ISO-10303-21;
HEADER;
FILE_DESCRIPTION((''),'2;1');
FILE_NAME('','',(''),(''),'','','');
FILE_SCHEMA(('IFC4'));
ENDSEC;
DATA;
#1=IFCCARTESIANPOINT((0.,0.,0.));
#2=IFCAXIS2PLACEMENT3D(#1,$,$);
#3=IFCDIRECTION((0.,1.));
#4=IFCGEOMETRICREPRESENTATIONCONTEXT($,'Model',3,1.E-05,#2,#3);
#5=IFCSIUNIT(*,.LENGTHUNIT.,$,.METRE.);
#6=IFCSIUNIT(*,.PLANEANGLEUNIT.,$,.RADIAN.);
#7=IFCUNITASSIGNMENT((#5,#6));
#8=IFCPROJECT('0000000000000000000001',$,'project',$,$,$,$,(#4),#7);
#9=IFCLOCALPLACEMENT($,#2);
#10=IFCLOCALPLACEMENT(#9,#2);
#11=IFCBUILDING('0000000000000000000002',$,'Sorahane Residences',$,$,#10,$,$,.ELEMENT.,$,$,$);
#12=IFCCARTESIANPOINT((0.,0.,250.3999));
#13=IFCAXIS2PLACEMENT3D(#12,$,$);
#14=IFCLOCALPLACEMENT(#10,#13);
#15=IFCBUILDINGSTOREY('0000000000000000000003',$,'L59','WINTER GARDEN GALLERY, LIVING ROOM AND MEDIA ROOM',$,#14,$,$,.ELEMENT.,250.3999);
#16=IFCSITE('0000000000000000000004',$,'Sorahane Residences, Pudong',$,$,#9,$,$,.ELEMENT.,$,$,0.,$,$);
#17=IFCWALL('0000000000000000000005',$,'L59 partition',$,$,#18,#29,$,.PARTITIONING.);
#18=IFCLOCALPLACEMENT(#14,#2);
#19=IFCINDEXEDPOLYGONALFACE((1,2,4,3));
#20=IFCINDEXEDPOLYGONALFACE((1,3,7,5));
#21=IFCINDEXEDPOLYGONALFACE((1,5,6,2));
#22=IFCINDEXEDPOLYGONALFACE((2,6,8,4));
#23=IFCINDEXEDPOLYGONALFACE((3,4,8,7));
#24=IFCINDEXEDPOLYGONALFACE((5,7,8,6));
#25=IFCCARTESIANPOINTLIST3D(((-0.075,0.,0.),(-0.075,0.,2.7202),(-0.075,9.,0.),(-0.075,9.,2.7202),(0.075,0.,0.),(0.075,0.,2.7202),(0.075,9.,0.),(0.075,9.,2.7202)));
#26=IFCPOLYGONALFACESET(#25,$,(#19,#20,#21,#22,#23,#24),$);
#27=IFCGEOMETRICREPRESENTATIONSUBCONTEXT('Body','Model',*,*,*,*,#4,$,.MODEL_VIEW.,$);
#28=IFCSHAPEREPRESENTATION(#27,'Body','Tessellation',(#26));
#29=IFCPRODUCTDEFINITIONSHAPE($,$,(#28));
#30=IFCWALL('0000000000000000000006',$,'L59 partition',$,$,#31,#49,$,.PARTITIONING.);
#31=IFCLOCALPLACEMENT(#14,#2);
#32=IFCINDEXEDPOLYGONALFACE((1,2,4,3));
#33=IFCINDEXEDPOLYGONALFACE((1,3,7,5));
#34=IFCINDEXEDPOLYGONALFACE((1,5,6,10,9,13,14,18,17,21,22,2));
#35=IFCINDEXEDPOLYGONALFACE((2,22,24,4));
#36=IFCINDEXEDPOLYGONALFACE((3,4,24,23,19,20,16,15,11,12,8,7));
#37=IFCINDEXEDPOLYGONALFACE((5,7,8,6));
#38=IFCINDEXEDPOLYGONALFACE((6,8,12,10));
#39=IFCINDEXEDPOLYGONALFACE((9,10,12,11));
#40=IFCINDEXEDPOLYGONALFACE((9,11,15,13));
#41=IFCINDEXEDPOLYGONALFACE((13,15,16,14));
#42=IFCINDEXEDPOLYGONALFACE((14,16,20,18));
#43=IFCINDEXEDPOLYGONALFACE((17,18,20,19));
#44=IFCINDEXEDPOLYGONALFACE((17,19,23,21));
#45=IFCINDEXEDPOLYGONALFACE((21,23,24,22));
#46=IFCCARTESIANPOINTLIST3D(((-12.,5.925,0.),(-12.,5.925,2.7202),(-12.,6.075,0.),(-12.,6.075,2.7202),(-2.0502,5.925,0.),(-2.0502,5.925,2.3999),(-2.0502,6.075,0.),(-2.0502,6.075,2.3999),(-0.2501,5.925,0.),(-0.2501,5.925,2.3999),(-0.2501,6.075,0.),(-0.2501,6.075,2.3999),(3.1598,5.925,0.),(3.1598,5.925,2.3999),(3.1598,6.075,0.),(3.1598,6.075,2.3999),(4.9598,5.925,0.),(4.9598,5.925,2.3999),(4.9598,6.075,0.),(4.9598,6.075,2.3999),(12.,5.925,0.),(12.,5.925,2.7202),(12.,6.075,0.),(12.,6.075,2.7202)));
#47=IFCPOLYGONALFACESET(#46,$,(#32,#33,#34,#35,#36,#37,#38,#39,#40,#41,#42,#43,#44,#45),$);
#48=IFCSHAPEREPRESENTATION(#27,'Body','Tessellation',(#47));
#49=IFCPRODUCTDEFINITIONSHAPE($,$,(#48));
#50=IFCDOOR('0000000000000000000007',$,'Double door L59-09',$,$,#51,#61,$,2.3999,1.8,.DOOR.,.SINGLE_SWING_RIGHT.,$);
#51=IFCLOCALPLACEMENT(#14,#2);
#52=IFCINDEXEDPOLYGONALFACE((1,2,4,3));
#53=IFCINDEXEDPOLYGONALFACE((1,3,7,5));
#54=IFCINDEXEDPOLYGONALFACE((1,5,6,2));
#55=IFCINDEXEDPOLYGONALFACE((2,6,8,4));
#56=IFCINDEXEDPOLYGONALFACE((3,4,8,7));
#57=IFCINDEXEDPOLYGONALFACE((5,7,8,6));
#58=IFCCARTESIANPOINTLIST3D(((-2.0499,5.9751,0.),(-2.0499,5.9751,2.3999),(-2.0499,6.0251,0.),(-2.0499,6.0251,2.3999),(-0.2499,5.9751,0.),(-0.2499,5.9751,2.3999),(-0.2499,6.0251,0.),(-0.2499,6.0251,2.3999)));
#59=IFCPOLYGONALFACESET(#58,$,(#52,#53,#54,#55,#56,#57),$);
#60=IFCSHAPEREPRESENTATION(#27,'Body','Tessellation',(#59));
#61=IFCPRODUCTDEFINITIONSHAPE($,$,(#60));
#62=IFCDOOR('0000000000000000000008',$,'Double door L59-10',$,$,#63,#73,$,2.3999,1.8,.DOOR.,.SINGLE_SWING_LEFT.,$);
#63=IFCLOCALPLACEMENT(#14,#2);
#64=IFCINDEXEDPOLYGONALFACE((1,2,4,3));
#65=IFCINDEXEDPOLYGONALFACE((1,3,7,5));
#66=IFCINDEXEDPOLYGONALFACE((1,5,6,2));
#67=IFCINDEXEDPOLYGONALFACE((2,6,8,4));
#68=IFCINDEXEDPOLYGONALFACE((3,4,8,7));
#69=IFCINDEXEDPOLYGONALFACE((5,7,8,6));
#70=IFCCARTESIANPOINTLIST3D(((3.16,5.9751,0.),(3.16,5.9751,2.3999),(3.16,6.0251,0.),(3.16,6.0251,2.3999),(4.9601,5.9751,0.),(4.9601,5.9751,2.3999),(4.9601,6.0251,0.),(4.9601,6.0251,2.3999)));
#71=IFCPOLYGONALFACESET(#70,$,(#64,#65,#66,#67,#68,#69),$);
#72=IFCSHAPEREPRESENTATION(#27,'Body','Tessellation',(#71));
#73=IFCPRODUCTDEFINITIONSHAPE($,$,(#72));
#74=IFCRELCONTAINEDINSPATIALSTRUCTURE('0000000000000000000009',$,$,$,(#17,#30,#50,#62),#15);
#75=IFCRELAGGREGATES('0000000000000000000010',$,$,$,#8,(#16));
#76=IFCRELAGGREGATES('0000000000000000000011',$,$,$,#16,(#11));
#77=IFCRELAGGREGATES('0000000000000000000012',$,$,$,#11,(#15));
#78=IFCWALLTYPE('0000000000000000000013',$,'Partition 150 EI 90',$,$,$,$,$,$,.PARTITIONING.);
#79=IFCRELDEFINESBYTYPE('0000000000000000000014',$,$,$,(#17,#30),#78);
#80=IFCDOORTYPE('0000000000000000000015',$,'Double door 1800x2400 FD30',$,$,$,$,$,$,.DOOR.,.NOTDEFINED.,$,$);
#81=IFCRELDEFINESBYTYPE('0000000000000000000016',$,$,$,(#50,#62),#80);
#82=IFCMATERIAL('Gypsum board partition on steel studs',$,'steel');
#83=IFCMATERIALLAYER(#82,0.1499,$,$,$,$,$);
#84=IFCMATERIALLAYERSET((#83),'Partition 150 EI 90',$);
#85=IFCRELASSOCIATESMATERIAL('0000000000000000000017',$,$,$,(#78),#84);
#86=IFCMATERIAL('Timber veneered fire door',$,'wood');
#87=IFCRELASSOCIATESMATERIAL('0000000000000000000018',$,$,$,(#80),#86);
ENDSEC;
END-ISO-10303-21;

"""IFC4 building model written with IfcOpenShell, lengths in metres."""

from ifc_helpers import new_model, si_unit, direction, frame, frame_2d, origin, place, context, subcontext, project, spatial, rectangle, extrude, material, layer, layer_set, type_object, element, fill, save


model = new_model("IFC4")

# Units and contexts
model_context = context("Model", 3, precision=1e-05, world=origin(), true_north=direction((0.0, 1.0)))
body_context = subcontext(model_context, "Body", "Model", "MODEL_VIEW")
ifc_project = project(units=[si_unit("LENGTHUNIT", "METRE"), si_unit("PLANEANGLEUNIT", "RADIAN")], contexts=[model_context])

# Site, building, storey
site_placement = place(None, origin())
site = spatial("IfcSite", under=ifc_project, at=site_placement, Name="Sorahane Residences, Pudong", CompositionType="ELEMENT", RefElevation=0.0)
building_placement = place(site_placement, origin())
building = spatial("IfcBuilding", under=site, at=building_placement, Name="Sorahane Residences", CompositionType="ELEMENT")
storey_placement = place(building_placement, frame((0.0, 0.0, 250.3999)))
storey = spatial("IfcBuildingStorey", under=building, at=storey_placement, Name="L59", Description="WINTER GARDEN GALLERY, LIVING ROOM AND MEDIA ROOM", CompositionType="ELEMENT", Elevation=250.3999)

# Wall
ifc_material_1 = material(Name="Gypsum board partition on steel studs", Category="steel")
ifc_layer_1 = layer(ifc_material_1, 0.1499)
ifc_layer_set_1 = layer_set([ifc_layer_1], Name="Partition 150 EI 90")
wall_type = type_object("IfcWallType", Name="Partition 150 EI 90", PredefinedType="PARTITIONING", material=ifc_layer_set_1)
wall_1_placement = place(storey_placement, frame((0.0, 0.0, 0.0), z_axis=(0.0, 0.0, 1.0), x_axis=(0.0, 1.0, 0.0)))
element("IfcWall", 1, at=wall_1_placement, inside=storey, type_object=wall_type, Name="L59 partition", PredefinedType="PARTITIONING", context=body_context, shape_type="SweptSolid", body=[
    extrude(rectangle(XDim=9.0, YDim=0.1499, at=frame_2d((4.5, 0.0))), origin(), (0.0, 0.0, 1.0), 2.7202),
])

# Wall, openings, doors
wall_2_placement = place(storey_placement, frame((-12.0, 6.0, 0.0), z_axis=(0.0, 0.0, 1.0), x_axis=(1.0, 0.0, 0.0)))
wall_2 = element("IfcWall", 2, at=wall_2_placement, inside=storey, type_object=wall_type, Name="L59 partition", PredefinedType="PARTITIONING", context=body_context, shape_type="SweptSolid", body=[
    extrude(rectangle(XDim=24.0, YDim=0.1499, at=frame_2d((12.0, 0.0))), origin(), (0.0, 0.0, 1.0), 2.7202),
])
opening_1_placement = place(wall_2_placement, frame((9.95, 0.0, 0.0)))
opening_1 = element("IfcOpeningElement", 3, at=opening_1_placement, cuts=wall_2, PredefinedType="OPENING", context=body_context, shape_type="SweptSolid", body=[
    extrude(rectangle(XDim=1.8, YDim=2.3999, at=frame_2d((0.8999, 1.2))), frame((0.0, 0.085, 0.0), z_axis=(0.0, -1.0, 0.0), x_axis=(1.0, 0.0, 0.0)), (0.0, 0.0, 1.0), 0.1699),
])
opening_2_placement = place(wall_2_placement, frame((15.1599, 0.0, 0.0)))
opening_2 = element("IfcOpeningElement", 4, at=opening_2_placement, cuts=wall_2, PredefinedType="OPENING", context=body_context, shape_type="SweptSolid", body=[
    extrude(rectangle(XDim=1.8, YDim=2.3999, at=frame_2d((0.8999, 1.2))), frame((0.0, 0.085, 0.0), z_axis=(0.0, -1.0, 0.0), x_axis=(1.0, 0.0, 0.0)), (0.0, 0.0, 1.0), 0.1699),
])
ifc_material_2 = material(Name="Timber veneered fire door", Category="wood")
door_type = type_object("IfcDoorType", Name="Double door 1800x2400 FD30", OperationType="NOTDEFINED", PredefinedType="DOOR", material=ifc_material_2)
door_1_placement = place(opening_1_placement, frame((1.8, 0.0, 0.0), z_axis=(0.0, 0.0, 1.0), x_axis=(-1.0, 0.0, 0.0)))
door_1 = element("IfcDoor", 5, at=door_1_placement, inside=storey, type_object=door_type, Name="Double door L59-09", OperationType="SINGLE_SWING_RIGHT", OverallHeight=2.3999, OverallWidth=1.8, PredefinedType="DOOR", context=body_context, shape_type="SweptSolid", body=[
    extrude(rectangle(XDim=1.8, YDim=2.3999, at=frame_2d((0.8999, 1.2))), frame((0.0, 0.0249, 0.0), z_axis=(0.0, -1.0, 0.0), x_axis=(1.0, 0.0, 0.0)), (0.0, 0.0, 1.0), 0.05),
])
fill(opening_1, door_1)
door_2_placement = place(opening_2_placement, frame((1.8, 0.0, 0.0), z_axis=(0.0, 0.0, 1.0), x_axis=(-1.0, 0.0, 0.0)))
door_2 = element("IfcDoor", 6, at=door_2_placement, inside=storey, type_object=door_type, Name="Double door L59-10", OperationType="SINGLE_SWING_LEFT", OverallHeight=2.3999, OverallWidth=1.8, PredefinedType="DOOR", context=body_context, shape_type="SweptSolid", body=[
    extrude(rectangle(XDim=1.8, YDim=2.3999, at=frame_2d((0.8999, 1.2))), frame((0.0, 0.0249, 0.0), z_axis=(0.0, -1.0, 0.0), x_axis=(1.0, 0.0, 0.0)), (0.0, 0.0, 1.0), 0.05),
])
fill(opening_2, door_2)

save(model, "model.ifc")
